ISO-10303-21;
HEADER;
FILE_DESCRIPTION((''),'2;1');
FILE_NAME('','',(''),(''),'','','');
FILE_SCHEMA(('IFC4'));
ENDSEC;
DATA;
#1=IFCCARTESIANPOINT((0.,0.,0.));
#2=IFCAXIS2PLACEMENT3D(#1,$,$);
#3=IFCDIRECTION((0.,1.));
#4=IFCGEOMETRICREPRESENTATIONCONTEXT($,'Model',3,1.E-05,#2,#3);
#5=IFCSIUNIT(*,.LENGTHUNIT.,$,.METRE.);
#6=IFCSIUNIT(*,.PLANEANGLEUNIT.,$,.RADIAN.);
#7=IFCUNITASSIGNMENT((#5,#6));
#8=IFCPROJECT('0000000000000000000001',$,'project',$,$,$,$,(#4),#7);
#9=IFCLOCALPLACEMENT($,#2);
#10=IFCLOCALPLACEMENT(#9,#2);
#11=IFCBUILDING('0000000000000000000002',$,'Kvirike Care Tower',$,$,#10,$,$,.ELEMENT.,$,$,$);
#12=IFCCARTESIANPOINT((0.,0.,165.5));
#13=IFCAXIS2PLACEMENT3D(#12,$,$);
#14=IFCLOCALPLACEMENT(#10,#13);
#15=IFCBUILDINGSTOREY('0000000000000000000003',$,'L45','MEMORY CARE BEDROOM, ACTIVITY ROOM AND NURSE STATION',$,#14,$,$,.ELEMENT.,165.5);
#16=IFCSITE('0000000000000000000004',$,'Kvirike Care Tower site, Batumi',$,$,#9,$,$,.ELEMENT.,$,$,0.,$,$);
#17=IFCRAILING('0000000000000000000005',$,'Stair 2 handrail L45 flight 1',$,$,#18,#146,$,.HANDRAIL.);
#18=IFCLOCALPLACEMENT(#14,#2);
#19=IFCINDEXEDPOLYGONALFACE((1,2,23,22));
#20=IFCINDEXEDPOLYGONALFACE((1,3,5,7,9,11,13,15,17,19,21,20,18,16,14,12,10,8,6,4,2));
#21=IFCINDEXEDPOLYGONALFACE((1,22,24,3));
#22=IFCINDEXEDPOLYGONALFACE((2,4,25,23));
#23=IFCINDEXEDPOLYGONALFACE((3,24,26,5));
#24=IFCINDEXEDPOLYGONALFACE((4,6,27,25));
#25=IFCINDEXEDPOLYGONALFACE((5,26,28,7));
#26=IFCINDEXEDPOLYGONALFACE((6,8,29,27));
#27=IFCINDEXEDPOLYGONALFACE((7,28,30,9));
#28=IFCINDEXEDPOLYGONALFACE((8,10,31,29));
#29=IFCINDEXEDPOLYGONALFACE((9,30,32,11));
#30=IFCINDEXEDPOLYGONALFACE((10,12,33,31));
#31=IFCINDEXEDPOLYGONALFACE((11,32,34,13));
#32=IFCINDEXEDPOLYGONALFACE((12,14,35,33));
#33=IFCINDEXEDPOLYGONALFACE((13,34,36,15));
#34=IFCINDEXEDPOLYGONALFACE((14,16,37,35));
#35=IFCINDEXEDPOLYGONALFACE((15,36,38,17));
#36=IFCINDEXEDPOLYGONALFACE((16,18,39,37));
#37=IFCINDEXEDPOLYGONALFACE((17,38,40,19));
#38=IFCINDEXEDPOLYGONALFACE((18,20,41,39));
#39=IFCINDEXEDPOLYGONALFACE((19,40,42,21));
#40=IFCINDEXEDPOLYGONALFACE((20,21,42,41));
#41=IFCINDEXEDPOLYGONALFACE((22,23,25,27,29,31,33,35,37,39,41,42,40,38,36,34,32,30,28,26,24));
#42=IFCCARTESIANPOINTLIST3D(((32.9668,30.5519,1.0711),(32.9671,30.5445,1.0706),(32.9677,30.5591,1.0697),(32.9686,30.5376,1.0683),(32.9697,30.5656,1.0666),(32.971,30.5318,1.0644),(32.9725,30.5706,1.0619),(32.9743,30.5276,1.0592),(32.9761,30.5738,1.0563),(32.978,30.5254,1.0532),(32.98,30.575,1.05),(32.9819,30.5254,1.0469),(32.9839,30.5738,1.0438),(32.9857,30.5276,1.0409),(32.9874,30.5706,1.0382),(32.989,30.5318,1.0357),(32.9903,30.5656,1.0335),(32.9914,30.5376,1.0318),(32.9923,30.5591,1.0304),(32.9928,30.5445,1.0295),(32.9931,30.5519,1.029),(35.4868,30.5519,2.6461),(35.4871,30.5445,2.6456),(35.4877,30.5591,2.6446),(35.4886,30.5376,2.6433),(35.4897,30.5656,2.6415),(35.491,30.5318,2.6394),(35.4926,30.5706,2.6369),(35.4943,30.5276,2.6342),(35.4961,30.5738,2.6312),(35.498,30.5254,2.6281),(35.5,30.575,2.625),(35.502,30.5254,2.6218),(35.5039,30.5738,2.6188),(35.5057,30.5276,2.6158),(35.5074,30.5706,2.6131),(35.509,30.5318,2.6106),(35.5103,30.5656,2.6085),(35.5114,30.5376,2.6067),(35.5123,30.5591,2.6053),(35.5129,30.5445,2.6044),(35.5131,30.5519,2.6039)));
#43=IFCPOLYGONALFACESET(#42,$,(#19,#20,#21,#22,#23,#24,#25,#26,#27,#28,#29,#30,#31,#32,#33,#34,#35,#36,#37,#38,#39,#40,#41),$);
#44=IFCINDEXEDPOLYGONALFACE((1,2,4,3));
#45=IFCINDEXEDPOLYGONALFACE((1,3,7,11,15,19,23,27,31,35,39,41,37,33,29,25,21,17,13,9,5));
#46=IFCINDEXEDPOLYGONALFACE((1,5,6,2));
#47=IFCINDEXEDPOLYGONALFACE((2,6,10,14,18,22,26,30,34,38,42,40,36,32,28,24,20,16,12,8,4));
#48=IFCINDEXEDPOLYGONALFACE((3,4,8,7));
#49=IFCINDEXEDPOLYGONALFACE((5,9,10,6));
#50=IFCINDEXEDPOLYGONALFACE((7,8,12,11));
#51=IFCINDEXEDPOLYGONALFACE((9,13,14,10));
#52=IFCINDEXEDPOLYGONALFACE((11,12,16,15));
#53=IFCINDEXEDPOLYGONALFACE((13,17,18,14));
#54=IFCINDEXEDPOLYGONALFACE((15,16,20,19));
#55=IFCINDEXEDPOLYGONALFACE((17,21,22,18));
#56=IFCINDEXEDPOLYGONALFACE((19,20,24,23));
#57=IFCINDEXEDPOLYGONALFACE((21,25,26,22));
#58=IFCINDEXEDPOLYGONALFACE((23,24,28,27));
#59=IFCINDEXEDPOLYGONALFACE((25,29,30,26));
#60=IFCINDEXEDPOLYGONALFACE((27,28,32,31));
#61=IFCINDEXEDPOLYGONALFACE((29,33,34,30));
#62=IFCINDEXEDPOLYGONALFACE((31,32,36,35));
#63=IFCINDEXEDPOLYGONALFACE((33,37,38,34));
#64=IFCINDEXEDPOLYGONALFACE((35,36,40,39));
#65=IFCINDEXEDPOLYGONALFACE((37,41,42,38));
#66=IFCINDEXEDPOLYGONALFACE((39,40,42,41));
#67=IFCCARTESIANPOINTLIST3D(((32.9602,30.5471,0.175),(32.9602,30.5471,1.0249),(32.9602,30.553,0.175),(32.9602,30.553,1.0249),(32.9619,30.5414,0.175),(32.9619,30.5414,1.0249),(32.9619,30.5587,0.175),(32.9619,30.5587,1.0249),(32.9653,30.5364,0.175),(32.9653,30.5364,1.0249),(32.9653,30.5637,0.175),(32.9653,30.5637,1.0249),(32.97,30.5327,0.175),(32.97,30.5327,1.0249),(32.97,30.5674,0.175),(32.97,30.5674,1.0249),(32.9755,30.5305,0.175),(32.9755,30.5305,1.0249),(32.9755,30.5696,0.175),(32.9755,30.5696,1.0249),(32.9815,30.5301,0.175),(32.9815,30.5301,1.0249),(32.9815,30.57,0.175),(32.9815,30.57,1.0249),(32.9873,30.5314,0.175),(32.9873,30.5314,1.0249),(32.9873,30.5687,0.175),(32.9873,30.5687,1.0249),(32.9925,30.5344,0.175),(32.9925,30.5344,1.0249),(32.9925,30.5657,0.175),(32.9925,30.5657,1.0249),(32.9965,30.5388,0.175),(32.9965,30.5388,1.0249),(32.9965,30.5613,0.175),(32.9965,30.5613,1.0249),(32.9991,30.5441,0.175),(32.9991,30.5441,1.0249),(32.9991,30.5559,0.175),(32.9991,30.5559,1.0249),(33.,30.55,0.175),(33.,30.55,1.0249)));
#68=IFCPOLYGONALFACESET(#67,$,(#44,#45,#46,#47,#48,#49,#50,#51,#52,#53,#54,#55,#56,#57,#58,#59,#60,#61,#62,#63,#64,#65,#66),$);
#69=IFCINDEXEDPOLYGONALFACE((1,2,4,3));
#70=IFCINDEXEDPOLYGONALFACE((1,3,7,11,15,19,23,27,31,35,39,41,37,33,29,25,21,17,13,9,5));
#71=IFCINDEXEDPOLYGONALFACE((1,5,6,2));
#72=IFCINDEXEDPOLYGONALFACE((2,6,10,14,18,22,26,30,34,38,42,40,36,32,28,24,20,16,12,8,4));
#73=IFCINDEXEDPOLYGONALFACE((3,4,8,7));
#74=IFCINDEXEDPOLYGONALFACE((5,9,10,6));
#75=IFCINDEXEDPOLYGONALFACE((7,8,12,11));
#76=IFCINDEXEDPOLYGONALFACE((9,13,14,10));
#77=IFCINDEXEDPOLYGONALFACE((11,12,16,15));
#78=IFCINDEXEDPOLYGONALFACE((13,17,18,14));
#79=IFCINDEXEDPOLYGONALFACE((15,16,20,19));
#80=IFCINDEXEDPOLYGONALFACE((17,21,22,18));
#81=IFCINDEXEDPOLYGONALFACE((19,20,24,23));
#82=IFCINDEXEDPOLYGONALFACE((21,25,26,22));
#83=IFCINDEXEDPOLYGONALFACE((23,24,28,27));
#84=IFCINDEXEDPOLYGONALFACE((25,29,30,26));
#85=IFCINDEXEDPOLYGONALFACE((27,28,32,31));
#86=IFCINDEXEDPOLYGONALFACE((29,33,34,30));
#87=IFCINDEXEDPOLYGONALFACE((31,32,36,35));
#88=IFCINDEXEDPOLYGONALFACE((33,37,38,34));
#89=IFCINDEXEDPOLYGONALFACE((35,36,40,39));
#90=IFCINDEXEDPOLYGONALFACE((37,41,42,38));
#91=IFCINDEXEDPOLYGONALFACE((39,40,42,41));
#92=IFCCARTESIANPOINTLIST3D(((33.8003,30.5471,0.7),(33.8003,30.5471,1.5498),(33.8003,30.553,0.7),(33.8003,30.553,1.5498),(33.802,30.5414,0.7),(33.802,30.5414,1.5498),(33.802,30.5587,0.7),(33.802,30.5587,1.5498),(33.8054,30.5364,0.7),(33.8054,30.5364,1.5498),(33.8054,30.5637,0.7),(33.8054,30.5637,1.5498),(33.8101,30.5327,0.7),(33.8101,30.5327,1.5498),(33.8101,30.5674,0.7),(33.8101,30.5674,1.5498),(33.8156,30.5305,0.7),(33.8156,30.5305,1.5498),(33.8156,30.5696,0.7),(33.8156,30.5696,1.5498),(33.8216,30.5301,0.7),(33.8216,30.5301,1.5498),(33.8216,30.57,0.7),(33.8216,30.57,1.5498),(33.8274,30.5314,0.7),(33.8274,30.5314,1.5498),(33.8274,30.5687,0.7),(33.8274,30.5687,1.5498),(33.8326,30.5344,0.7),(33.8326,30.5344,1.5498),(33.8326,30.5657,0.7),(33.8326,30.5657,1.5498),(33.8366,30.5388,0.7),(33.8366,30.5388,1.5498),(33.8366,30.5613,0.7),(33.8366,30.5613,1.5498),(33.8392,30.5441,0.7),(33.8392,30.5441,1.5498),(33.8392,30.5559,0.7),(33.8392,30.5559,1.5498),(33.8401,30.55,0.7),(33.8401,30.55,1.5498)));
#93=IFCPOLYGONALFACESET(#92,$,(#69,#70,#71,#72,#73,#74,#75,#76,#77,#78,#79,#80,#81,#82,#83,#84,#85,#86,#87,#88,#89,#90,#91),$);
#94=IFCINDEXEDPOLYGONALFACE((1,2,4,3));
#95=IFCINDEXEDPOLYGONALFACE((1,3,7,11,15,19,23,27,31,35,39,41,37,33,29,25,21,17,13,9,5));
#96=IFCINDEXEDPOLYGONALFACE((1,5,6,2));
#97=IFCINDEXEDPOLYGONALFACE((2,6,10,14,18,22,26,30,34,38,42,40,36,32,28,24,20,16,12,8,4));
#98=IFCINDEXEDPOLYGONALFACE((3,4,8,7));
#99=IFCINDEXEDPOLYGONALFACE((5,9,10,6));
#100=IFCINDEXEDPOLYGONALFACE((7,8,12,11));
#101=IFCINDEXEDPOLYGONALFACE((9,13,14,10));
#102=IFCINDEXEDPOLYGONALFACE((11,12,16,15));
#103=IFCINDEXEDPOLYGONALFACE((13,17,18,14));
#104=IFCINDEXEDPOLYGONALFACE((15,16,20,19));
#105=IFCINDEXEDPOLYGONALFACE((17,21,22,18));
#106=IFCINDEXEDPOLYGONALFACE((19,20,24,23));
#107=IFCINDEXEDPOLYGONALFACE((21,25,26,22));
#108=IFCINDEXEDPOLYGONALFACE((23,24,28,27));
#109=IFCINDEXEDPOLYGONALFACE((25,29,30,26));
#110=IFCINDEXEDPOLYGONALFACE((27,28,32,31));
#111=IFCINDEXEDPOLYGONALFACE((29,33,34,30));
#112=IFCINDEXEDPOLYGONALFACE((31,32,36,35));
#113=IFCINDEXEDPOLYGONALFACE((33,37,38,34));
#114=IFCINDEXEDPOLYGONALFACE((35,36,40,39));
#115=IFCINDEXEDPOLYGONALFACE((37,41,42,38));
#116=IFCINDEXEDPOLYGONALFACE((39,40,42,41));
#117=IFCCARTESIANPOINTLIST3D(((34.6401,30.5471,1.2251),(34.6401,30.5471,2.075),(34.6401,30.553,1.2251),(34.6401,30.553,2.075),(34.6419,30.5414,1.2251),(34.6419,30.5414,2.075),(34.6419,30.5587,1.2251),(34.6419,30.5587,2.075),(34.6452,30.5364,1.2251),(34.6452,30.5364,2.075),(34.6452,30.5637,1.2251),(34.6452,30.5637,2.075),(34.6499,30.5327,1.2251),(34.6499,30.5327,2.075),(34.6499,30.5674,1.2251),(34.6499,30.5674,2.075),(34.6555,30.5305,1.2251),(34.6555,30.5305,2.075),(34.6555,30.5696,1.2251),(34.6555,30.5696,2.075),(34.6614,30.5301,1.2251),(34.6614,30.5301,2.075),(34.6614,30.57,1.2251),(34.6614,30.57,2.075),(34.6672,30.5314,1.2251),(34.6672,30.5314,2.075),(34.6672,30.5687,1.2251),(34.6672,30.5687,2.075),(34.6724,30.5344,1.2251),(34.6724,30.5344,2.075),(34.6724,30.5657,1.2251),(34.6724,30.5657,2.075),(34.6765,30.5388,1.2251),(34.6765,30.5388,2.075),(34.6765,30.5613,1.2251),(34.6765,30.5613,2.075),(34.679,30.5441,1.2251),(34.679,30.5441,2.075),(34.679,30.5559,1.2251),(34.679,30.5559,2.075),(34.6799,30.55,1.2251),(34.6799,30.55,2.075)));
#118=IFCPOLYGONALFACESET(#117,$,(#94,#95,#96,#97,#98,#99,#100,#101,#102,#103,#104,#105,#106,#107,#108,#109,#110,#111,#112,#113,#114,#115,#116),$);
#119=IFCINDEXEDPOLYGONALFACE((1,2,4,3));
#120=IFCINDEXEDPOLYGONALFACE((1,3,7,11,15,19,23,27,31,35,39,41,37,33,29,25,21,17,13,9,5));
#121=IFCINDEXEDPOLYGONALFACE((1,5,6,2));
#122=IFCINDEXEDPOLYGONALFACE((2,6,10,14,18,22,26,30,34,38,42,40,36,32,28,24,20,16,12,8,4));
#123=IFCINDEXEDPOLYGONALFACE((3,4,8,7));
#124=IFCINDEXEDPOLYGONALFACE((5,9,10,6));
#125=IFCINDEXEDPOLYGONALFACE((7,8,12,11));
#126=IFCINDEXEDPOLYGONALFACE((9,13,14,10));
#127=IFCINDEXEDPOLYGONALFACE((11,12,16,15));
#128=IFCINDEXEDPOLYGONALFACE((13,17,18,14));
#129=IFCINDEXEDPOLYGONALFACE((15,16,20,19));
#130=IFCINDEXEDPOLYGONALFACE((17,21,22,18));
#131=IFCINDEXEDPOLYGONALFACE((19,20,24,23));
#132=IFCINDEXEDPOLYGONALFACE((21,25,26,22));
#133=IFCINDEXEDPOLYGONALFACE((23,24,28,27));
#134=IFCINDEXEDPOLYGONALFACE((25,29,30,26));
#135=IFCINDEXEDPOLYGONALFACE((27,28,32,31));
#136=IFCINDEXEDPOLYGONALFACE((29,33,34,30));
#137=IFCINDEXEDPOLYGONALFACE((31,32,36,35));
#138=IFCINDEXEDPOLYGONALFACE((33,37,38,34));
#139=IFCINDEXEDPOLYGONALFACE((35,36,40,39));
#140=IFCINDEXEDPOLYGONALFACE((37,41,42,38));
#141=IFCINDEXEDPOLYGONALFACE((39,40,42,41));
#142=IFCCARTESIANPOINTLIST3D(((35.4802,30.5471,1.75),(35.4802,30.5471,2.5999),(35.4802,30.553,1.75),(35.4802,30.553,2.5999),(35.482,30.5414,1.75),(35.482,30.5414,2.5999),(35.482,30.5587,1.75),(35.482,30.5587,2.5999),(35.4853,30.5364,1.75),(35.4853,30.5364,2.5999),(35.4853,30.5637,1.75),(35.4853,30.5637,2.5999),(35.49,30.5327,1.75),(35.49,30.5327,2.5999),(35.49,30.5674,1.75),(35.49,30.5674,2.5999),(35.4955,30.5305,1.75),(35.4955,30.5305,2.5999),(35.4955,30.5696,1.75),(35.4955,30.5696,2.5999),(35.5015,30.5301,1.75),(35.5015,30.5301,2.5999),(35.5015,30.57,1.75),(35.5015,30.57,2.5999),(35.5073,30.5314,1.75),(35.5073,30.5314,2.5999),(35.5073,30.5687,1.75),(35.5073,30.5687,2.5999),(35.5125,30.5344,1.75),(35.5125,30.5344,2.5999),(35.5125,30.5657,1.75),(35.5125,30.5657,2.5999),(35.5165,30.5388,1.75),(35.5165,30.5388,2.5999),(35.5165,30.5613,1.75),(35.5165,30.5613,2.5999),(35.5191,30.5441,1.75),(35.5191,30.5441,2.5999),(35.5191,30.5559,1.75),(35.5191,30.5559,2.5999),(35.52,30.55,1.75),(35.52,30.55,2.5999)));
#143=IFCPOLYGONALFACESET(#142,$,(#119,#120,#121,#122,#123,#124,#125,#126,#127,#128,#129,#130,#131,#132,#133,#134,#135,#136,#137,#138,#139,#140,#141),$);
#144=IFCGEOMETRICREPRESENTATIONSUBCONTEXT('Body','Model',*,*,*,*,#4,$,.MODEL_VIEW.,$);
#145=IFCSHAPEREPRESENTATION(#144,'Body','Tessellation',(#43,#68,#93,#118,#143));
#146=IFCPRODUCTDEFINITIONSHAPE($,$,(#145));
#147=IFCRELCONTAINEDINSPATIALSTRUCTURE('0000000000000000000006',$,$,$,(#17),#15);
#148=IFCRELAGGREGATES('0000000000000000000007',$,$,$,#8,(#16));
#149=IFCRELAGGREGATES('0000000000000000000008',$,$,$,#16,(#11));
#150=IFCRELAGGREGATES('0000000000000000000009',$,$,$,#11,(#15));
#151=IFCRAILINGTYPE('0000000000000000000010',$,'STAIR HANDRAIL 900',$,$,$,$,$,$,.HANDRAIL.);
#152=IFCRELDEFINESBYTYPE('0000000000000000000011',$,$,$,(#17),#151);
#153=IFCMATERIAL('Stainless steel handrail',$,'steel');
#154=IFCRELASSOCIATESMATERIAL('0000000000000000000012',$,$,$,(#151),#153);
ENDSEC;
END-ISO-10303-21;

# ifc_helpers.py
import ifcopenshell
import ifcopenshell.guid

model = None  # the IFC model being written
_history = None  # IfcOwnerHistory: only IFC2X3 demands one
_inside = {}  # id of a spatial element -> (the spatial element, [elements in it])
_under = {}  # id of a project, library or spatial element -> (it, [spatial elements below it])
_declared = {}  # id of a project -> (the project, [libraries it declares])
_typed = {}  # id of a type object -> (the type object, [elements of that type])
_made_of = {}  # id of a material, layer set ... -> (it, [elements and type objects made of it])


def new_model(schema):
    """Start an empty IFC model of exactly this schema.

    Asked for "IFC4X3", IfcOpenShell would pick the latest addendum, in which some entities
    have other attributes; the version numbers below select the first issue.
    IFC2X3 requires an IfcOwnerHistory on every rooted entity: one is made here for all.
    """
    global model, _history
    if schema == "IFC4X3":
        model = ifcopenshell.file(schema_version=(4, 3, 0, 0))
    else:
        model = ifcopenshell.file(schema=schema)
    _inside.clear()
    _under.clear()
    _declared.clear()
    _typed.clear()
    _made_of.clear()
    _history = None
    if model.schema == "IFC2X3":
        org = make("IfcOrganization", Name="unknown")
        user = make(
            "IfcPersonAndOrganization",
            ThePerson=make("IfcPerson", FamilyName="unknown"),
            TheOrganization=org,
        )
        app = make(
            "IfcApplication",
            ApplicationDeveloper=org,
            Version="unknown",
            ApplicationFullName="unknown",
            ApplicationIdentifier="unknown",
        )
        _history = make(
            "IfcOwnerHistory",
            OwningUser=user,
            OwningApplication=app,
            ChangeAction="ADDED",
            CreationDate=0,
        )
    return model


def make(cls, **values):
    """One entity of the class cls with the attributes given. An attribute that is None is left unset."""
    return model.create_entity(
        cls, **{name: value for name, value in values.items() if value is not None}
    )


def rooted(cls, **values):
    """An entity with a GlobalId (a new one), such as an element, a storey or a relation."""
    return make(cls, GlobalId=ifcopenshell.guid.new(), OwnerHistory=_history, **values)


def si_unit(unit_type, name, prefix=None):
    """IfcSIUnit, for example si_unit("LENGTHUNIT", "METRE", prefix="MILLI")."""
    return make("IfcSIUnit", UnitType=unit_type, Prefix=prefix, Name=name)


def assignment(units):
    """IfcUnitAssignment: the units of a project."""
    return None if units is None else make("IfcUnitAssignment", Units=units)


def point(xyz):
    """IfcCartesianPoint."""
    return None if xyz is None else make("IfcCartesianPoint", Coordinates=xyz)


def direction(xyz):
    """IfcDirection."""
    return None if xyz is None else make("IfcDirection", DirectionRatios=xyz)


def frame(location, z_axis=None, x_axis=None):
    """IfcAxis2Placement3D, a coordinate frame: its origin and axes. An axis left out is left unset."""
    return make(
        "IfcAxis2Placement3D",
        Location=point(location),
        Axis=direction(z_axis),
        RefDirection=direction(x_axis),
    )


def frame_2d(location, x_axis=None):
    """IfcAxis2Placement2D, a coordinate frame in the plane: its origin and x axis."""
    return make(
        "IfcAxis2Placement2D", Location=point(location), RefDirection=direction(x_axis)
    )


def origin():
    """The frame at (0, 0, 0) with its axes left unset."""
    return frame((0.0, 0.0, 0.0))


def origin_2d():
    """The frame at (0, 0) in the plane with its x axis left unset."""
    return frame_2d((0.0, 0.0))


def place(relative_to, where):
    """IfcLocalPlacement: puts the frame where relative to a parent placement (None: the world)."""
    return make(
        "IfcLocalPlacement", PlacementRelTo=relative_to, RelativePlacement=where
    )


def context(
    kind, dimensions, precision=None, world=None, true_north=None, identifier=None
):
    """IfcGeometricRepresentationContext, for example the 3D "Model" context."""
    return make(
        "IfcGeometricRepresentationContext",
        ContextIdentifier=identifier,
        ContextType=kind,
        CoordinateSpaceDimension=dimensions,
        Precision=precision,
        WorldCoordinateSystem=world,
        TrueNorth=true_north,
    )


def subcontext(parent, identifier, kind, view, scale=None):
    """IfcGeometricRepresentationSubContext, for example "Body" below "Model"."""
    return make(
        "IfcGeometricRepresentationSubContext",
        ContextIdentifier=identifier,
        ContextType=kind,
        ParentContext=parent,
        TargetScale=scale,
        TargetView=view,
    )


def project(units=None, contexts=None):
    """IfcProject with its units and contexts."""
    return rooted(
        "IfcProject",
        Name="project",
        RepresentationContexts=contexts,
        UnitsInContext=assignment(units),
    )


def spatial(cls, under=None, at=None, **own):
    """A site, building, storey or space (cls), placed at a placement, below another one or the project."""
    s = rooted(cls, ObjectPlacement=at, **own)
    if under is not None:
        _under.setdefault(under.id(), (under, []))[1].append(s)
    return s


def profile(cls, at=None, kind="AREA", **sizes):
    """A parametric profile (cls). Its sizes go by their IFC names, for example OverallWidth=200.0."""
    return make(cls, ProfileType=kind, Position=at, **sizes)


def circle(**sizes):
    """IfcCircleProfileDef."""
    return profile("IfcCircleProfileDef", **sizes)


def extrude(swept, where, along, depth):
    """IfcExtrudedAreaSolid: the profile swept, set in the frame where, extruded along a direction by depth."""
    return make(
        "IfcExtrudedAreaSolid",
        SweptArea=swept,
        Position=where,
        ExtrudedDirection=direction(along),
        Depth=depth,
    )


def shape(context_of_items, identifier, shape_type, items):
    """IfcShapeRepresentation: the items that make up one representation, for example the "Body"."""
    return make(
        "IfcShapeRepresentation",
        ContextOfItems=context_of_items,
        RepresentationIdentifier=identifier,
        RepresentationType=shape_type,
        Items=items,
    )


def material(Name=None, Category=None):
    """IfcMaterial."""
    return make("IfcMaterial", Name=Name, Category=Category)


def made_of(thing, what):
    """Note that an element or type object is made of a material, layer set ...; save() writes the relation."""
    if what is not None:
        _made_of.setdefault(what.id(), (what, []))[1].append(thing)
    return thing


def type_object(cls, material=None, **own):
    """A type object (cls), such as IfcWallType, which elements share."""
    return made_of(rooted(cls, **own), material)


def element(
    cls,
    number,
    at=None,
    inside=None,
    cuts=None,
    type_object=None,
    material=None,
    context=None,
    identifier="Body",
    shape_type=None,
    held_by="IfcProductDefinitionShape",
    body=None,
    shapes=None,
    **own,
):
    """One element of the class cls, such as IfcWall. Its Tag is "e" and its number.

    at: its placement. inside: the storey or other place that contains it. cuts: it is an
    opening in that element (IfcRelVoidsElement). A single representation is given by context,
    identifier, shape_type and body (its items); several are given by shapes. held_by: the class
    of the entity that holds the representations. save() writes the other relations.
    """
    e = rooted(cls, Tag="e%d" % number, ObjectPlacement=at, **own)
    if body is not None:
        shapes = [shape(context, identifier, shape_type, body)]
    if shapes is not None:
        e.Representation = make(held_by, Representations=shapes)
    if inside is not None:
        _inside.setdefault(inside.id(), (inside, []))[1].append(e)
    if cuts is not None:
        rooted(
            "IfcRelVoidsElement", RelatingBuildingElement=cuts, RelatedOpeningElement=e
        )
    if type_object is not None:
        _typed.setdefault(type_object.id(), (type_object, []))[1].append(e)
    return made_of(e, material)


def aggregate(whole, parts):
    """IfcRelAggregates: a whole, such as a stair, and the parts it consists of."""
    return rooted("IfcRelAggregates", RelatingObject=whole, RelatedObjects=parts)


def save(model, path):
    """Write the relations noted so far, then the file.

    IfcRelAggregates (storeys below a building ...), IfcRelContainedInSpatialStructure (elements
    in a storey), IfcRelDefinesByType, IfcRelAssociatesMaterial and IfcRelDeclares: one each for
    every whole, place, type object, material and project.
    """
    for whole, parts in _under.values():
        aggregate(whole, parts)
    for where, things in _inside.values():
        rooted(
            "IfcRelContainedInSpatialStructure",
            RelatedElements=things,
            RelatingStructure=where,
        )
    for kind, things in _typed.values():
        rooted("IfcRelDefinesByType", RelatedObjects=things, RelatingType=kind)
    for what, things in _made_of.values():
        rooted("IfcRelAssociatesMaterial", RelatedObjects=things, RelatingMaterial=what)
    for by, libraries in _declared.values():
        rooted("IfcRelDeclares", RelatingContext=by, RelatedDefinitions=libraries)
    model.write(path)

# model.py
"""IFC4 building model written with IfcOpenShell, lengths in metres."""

from ifc_helpers import new_model, si_unit, direction, frame, origin, origin_2d, place, context, subcontext, project, spatial, circle, extrude, material, type_object, element, save


model = new_model("IFC4")

# Units and contexts
model_context = context("Model", 3, precision=1e-05, world=origin(), true_north=direction((0.0, 1.0)))
body_context = subcontext(model_context, "Body", "Model", "MODEL_VIEW")
ifc_project = project(units=[si_unit("LENGTHUNIT", "METRE"), si_unit("PLANEANGLEUNIT", "RADIAN")], contexts=[model_context])

# Site, building, storey
site_placement = place(None, origin())
site = spatial("IfcSite", under=ifc_project, at=site_placement, Name="Kvirike Care Tower site, Batumi", CompositionType="ELEMENT", RefElevation=0.0)
building_placement = place(site_placement, origin())
building = spatial("IfcBuilding", under=site, at=building_placement, Name="Kvirike Care Tower", CompositionType="ELEMENT")
storey_placement = place(building_placement, frame((0.0, 0.0, 165.5)))
storey = spatial("IfcBuildingStorey", under=building, at=storey_placement, Name="L45", Description="MEMORY CARE BEDROOM, ACTIVITY ROOM AND NURSE STATION", CompositionType="ELEMENT", Elevation=165.5)

# Railing
ifc_material_1 = material(Name="Stainless steel handrail", Category="steel")
railing_type = type_object("IfcRailingType", Name="STAIR HANDRAIL 900", PredefinedType="HANDRAIL", material=ifc_material_1)
railing_1_placement = place(storey_placement, frame((32.98, 30.55, 0.175)))
element("IfcRailing", 1, at=railing_1_placement, inside=storey, type_object=railing_type, Name="Stair 2 handrail L45 flight 1", PredefinedType="HANDRAIL", context=body_context, shape_type="SweptSolid", body=[
    extrude(circle(Radius=0.0249, at=origin_2d()), frame((0.0, 0.0, 0.875), z_axis=(0.848008, 0.0, 0.529984), x_axis=(0.0, 1.0, 0.0)), (0.0, 0.0, 1.0), 2.9717),
    extrude(circle(Radius=0.02, at=origin_2d()), origin(), (0.0, 0.0, 1.0), 0.8499),
    extrude(circle(Radius=0.02, at=origin_2d()), frame((0.8401, 0.0, 0.5249)), (0.0, 0.0, 1.0), 0.8499),
    extrude(circle(Radius=0.02, at=origin_2d()), frame((1.6799, 0.0, 1.05)), (0.0, 0.0, 1.0), 0.8499),
    extrude(circle(Radius=0.02, at=origin_2d()), frame((2.52, 0.0, 1.575)), (0.0, 0.0, 1.0), 0.8499),
])

save(model, "model.ifc")
